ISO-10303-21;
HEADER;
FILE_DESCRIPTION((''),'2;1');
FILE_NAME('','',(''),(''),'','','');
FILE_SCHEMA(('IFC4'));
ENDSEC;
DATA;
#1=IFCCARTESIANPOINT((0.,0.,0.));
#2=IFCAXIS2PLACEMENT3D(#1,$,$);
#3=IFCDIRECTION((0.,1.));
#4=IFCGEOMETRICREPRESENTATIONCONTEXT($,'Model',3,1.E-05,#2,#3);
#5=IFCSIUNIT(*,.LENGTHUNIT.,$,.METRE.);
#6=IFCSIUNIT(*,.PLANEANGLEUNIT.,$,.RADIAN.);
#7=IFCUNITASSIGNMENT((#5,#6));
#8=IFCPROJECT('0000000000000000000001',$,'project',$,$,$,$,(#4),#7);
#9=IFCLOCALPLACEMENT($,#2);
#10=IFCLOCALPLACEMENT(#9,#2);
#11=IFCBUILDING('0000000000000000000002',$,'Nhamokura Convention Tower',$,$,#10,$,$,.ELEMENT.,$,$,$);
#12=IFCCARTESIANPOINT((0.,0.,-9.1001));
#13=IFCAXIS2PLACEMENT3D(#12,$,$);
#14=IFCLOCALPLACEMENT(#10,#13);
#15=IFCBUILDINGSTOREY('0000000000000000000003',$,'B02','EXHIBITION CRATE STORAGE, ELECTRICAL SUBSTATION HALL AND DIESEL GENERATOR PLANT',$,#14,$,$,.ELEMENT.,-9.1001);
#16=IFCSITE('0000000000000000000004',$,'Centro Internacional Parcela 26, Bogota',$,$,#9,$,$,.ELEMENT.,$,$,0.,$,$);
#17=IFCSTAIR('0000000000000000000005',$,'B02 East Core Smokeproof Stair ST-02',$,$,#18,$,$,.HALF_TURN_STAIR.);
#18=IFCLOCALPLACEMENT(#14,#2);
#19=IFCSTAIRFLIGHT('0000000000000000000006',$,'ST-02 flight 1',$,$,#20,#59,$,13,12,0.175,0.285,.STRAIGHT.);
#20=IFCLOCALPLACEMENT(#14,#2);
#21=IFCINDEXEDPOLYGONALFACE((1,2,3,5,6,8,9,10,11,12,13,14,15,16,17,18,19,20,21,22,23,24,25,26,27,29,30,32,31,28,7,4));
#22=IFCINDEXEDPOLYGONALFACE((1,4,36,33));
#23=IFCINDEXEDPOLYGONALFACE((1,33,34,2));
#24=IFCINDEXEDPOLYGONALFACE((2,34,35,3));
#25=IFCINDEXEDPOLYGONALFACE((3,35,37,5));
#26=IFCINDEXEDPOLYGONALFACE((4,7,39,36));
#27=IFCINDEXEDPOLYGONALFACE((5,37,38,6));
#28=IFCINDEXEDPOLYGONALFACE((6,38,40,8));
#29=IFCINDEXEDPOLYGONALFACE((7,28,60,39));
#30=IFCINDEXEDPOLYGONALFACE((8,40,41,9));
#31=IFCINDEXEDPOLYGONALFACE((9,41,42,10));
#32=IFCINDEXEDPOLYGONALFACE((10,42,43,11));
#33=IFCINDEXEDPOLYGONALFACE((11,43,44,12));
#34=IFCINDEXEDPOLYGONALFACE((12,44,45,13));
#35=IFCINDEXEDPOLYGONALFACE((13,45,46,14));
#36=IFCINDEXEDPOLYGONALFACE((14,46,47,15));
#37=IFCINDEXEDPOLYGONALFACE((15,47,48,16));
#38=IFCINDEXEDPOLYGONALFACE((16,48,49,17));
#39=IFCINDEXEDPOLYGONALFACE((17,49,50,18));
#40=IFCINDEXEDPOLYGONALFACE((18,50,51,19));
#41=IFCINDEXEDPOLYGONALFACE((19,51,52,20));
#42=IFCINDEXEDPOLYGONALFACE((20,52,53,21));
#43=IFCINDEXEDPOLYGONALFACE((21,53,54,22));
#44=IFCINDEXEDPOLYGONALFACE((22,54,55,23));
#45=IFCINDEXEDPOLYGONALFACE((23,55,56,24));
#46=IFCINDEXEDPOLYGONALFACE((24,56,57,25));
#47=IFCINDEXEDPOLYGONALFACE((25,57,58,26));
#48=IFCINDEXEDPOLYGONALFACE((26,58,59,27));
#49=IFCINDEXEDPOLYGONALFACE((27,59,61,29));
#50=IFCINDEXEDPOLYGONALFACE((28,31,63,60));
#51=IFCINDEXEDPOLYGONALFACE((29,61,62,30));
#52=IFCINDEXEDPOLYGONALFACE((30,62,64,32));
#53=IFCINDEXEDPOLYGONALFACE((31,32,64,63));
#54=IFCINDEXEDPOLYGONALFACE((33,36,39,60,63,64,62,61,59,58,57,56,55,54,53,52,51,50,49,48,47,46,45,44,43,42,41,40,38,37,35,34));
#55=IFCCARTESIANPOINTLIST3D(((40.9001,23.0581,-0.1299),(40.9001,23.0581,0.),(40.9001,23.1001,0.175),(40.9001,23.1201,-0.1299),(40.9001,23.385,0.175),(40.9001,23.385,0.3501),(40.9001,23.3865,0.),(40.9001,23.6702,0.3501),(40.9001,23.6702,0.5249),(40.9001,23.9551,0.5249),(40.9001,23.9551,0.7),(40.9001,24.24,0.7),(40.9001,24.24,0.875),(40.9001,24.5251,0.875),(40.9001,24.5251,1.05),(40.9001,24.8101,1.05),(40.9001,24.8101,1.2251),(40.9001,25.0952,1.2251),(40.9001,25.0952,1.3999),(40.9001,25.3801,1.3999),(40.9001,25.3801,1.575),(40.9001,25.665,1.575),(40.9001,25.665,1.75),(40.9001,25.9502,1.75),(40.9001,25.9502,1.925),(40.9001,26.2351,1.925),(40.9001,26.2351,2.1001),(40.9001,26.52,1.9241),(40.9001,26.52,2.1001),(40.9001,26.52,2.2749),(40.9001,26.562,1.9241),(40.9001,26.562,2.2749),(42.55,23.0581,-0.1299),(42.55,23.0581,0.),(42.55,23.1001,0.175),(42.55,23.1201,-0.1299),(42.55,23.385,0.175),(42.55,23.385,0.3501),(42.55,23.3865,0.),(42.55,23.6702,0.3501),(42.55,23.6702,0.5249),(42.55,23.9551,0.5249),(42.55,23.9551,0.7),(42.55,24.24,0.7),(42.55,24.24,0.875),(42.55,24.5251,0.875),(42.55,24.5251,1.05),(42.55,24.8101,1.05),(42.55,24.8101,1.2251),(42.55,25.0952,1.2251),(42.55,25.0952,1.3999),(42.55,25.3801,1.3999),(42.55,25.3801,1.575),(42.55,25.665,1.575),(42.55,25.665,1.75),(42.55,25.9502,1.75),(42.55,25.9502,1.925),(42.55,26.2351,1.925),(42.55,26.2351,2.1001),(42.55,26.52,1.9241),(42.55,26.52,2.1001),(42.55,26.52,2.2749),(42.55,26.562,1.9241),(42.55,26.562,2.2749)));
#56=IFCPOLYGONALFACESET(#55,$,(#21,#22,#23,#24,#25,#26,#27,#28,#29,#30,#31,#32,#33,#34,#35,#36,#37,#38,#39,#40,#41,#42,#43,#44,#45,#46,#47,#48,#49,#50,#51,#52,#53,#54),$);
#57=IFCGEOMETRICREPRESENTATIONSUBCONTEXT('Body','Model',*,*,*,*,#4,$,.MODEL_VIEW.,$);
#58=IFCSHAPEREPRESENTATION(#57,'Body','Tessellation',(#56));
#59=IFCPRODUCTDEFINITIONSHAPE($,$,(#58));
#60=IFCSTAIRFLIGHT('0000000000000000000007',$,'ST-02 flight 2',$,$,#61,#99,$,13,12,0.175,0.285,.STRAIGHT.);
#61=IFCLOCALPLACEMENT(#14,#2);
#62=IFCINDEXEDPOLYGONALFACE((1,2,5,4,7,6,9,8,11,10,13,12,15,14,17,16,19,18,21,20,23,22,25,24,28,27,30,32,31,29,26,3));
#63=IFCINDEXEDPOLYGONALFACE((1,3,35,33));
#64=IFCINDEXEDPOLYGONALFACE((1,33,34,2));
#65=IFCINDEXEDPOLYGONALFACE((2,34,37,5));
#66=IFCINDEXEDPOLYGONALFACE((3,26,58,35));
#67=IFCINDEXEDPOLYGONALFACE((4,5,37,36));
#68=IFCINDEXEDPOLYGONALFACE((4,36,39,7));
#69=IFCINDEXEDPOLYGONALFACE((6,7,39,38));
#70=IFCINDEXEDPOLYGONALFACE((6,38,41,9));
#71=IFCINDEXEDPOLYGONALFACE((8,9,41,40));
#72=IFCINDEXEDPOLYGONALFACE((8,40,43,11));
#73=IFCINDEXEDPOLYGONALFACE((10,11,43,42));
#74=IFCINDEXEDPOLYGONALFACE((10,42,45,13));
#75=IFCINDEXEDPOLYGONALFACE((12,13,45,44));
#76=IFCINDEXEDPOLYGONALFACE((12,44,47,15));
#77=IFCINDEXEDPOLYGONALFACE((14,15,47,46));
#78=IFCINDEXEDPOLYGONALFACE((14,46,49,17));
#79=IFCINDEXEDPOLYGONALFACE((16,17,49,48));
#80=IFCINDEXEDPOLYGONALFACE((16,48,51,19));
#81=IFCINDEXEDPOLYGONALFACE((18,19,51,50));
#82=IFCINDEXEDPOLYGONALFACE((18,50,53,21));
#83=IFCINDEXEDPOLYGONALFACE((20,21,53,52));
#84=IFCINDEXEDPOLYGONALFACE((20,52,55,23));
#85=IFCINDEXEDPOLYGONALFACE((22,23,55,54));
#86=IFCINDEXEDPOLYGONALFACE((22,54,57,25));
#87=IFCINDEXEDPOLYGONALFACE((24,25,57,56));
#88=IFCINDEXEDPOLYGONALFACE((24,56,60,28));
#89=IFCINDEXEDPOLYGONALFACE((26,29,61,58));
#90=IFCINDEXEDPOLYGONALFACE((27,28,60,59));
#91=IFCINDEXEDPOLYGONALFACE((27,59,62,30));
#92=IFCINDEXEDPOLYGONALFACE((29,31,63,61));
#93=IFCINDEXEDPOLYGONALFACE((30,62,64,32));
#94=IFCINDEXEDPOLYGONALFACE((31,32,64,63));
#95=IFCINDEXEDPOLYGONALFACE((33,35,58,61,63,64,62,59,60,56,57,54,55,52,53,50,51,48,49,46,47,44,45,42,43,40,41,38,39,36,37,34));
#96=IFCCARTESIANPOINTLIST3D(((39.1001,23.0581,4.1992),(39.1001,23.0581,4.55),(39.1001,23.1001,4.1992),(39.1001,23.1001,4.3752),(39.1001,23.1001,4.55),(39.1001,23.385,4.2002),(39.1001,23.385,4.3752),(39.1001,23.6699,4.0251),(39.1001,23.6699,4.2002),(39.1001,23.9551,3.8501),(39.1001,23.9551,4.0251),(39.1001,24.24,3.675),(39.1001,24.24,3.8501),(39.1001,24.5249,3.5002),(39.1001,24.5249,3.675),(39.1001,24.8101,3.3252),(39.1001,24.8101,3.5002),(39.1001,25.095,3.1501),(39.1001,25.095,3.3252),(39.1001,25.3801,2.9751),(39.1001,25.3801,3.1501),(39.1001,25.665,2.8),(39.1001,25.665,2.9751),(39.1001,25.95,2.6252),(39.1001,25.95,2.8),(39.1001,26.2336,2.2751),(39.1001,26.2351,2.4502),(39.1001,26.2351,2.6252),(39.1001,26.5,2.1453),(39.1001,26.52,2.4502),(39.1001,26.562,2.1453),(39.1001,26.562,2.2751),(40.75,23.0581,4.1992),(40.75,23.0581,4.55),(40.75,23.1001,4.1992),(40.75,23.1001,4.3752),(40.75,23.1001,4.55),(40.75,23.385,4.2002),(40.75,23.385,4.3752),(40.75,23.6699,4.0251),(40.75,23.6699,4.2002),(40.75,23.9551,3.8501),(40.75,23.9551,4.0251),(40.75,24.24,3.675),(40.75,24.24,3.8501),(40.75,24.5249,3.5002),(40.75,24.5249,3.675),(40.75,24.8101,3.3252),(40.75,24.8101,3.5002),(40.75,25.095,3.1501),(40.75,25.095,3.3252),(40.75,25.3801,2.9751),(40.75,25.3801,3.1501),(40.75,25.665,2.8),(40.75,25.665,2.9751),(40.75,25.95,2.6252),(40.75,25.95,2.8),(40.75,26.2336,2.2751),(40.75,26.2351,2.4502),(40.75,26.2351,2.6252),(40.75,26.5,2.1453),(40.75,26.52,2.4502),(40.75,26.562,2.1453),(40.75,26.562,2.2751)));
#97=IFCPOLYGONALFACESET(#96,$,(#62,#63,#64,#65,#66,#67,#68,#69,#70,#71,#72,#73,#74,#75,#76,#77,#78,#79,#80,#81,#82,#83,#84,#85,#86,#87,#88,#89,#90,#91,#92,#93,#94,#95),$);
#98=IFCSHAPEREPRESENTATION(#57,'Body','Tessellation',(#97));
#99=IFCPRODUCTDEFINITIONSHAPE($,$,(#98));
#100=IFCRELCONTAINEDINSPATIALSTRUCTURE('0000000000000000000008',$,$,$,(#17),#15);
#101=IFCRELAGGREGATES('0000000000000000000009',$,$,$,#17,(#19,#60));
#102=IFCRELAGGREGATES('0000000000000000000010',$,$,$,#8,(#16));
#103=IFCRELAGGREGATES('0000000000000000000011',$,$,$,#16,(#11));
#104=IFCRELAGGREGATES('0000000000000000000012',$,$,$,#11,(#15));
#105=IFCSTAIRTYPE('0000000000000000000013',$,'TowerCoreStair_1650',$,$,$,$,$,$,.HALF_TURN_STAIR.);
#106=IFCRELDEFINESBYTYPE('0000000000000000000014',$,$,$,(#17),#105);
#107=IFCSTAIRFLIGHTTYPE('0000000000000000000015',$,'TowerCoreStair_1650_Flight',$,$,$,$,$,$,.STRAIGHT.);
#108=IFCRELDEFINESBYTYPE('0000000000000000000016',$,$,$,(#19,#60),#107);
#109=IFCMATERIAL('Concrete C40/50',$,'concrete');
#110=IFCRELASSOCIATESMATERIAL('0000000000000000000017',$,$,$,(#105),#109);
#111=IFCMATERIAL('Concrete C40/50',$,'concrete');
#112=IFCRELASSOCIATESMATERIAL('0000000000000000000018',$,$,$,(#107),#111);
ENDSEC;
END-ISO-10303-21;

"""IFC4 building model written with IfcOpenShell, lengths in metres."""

from ifc_helpers import new_model, si_unit, direction, frame, origin, place, context, subcontext, project, spatial, polyline, outline, extrude, material, type_object, element, aggregate, save


model = new_model("IFC4")

# Units and contexts
model_context = context("Model", 3, precision=1e-05, world=origin(), true_north=direction((0.0, 1.0)))
body_context = subcontext(model_context, "Body", "Model", "MODEL_VIEW")
ifc_project = project(units=[si_unit("LENGTHUNIT", "METRE"), si_unit("PLANEANGLEUNIT", "RADIAN")], contexts=[model_context])

# Site, building, storey
site_placement = place(None, origin())
site = spatial("IfcSite", under=ifc_project, at=site_placement, Name="Centro Internacional Parcela 26, Bogota", CompositionType="ELEMENT", RefElevation=0.0)
building_placement = place(site_placement, origin())
building = spatial("IfcBuilding", under=site, at=building_placement, Name="Nhamokura Convention Tower", CompositionType="ELEMENT")
storey_placement = place(building_placement, frame((0.0, 0.0, -9.1001)))
storey = spatial("IfcBuildingStorey", under=building, at=storey_placement, Name="B02", Description="EXHIBITION CRATE STORAGE, ELECTRICAL SUBSTATION HALL AND DIESEL GENERATOR PLANT", CompositionType="ELEMENT", Elevation=-9.1001)

# Stair, stair flights
ifc_material_1 = material(Name="Concrete C40/50", Category="concrete")
stair_type = type_object("IfcStairType", Name="TowerCoreStair_1650", PredefinedType="HALF_TURN_STAIR", material=ifc_material_1)
stair_placement = place(storey_placement, origin())
stair = element("IfcStair", 1, at=stair_placement, inside=storey, type_object=stair_type, Name="B02 East Core Smokeproof Stair ST-02", PredefinedType="HALF_TURN_STAIR")
ifc_material_2 = material(Name="Concrete C40/50", Category="concrete")
stair_flight_type = type_object("IfcStairFlightType", Name="TowerCoreStair_1650_Flight", PredefinedType="STRAIGHT", material=ifc_material_2)
stair_flight_1_placement = place(storey_placement, frame((41.7251, 23.1001, 0.0), z_axis=(0.0, 0.0, 1.0), x_axis=(0.0, 1.0, 0.0)))
stair_flight_1 = element("IfcStairFlight", 2, at=stair_flight_1_placement, type_object=stair_flight_type, Name="ST-02 flight 1", NumberOfRisers=13, NumberOfTreads=12, PredefinedType="STRAIGHT", RiserHeight=0.175, TreadLength=0.285, context=body_context, shape_type="SweptSolid", body=[
    extrude(outline(polyline([(-0.042, 0.0), (0.0, 0.175), (0.2849, 0.175), (0.2849, 0.3501), (0.5701, 0.3501), (0.5701, 0.5249), (0.855, 0.5249), (0.855, 0.7), (1.1399, 0.7), (1.1399, 0.875), (1.425, 0.875), (1.425, 1.05), (1.71, 1.05), (1.71, 1.2251), (1.9951, 1.2251), (1.9951, 1.3999), (2.28, 1.3999), (2.28, 1.575), (2.5649, 1.575), (2.5649, 1.75), (2.8501, 1.75), (2.8501, 1.925), (3.135, 1.925), (3.135, 2.1001), (3.4199, 2.1001), (3.4199, 2.2749), (3.4619, 2.2749), (3.4619, 1.9241), (3.4199, 1.9241), (0.2864, 0.0), (0.02, -0.1299), (-0.042, -0.1299), (-0.042, 0.0)])), frame((0.0, 0.825, 0.0), z_axis=(0.0, -1.0, 0.0), x_axis=(1.0, 0.0, 0.0)), (0.0, 0.0, 1.0), 1.6499),
])
stair_flight_2_placement = place(storey_placement, frame((39.925, 26.52, 2.2751), z_axis=(0.0, 0.0, 1.0), x_axis=(0.0, -1.0, 0.0)))
stair_flight_2 = element("IfcStairFlight", 3, at=stair_flight_2_placement, type_object=stair_flight_type, Name="ST-02 flight 2", NumberOfRisers=13, NumberOfTreads=12, PredefinedType="STRAIGHT", RiserHeight=0.175, TreadLength=0.285, context=body_context, shape_type="SweptSolid", body=[
    extrude(outline(polyline([(-0.042, 0.0), (0.0, 0.175), (0.2849, 0.175), (0.2849, 0.3501), (0.5701, 0.3501), (0.5701, 0.5249), (0.855, 0.5249), (0.855, 0.7), (1.1399, 0.7), (1.1399, 0.875), (1.425, 0.875), (1.425, 1.05), (1.71, 1.05), (1.71, 1.2251), (1.9951, 1.2251), (1.9951, 1.3999), (2.28, 1.3999), (2.28, 1.575), (2.5649, 1.575), (2.5649, 1.75), (2.8501, 1.75), (2.8501, 1.925), (3.135, 1.925), (3.135, 2.1001), (3.4199, 2.1001), (3.4199, 2.2749), (3.4619, 2.2749), (3.4619, 1.9241), (3.4199, 1.9241), (0.2864, 0.0), (0.02, -0.1299), (-0.042, -0.1299), (-0.042, 0.0)])), frame((0.0, 0.825, 0.0), z_axis=(0.0, -1.0, 0.0), x_axis=(1.0, 0.0, 0.0)), (0.0, 0.0, 1.0), 1.6499),
])
aggregate(stair, [stair_flight_1, stair_flight_2])

save(model, "model.ifc")
